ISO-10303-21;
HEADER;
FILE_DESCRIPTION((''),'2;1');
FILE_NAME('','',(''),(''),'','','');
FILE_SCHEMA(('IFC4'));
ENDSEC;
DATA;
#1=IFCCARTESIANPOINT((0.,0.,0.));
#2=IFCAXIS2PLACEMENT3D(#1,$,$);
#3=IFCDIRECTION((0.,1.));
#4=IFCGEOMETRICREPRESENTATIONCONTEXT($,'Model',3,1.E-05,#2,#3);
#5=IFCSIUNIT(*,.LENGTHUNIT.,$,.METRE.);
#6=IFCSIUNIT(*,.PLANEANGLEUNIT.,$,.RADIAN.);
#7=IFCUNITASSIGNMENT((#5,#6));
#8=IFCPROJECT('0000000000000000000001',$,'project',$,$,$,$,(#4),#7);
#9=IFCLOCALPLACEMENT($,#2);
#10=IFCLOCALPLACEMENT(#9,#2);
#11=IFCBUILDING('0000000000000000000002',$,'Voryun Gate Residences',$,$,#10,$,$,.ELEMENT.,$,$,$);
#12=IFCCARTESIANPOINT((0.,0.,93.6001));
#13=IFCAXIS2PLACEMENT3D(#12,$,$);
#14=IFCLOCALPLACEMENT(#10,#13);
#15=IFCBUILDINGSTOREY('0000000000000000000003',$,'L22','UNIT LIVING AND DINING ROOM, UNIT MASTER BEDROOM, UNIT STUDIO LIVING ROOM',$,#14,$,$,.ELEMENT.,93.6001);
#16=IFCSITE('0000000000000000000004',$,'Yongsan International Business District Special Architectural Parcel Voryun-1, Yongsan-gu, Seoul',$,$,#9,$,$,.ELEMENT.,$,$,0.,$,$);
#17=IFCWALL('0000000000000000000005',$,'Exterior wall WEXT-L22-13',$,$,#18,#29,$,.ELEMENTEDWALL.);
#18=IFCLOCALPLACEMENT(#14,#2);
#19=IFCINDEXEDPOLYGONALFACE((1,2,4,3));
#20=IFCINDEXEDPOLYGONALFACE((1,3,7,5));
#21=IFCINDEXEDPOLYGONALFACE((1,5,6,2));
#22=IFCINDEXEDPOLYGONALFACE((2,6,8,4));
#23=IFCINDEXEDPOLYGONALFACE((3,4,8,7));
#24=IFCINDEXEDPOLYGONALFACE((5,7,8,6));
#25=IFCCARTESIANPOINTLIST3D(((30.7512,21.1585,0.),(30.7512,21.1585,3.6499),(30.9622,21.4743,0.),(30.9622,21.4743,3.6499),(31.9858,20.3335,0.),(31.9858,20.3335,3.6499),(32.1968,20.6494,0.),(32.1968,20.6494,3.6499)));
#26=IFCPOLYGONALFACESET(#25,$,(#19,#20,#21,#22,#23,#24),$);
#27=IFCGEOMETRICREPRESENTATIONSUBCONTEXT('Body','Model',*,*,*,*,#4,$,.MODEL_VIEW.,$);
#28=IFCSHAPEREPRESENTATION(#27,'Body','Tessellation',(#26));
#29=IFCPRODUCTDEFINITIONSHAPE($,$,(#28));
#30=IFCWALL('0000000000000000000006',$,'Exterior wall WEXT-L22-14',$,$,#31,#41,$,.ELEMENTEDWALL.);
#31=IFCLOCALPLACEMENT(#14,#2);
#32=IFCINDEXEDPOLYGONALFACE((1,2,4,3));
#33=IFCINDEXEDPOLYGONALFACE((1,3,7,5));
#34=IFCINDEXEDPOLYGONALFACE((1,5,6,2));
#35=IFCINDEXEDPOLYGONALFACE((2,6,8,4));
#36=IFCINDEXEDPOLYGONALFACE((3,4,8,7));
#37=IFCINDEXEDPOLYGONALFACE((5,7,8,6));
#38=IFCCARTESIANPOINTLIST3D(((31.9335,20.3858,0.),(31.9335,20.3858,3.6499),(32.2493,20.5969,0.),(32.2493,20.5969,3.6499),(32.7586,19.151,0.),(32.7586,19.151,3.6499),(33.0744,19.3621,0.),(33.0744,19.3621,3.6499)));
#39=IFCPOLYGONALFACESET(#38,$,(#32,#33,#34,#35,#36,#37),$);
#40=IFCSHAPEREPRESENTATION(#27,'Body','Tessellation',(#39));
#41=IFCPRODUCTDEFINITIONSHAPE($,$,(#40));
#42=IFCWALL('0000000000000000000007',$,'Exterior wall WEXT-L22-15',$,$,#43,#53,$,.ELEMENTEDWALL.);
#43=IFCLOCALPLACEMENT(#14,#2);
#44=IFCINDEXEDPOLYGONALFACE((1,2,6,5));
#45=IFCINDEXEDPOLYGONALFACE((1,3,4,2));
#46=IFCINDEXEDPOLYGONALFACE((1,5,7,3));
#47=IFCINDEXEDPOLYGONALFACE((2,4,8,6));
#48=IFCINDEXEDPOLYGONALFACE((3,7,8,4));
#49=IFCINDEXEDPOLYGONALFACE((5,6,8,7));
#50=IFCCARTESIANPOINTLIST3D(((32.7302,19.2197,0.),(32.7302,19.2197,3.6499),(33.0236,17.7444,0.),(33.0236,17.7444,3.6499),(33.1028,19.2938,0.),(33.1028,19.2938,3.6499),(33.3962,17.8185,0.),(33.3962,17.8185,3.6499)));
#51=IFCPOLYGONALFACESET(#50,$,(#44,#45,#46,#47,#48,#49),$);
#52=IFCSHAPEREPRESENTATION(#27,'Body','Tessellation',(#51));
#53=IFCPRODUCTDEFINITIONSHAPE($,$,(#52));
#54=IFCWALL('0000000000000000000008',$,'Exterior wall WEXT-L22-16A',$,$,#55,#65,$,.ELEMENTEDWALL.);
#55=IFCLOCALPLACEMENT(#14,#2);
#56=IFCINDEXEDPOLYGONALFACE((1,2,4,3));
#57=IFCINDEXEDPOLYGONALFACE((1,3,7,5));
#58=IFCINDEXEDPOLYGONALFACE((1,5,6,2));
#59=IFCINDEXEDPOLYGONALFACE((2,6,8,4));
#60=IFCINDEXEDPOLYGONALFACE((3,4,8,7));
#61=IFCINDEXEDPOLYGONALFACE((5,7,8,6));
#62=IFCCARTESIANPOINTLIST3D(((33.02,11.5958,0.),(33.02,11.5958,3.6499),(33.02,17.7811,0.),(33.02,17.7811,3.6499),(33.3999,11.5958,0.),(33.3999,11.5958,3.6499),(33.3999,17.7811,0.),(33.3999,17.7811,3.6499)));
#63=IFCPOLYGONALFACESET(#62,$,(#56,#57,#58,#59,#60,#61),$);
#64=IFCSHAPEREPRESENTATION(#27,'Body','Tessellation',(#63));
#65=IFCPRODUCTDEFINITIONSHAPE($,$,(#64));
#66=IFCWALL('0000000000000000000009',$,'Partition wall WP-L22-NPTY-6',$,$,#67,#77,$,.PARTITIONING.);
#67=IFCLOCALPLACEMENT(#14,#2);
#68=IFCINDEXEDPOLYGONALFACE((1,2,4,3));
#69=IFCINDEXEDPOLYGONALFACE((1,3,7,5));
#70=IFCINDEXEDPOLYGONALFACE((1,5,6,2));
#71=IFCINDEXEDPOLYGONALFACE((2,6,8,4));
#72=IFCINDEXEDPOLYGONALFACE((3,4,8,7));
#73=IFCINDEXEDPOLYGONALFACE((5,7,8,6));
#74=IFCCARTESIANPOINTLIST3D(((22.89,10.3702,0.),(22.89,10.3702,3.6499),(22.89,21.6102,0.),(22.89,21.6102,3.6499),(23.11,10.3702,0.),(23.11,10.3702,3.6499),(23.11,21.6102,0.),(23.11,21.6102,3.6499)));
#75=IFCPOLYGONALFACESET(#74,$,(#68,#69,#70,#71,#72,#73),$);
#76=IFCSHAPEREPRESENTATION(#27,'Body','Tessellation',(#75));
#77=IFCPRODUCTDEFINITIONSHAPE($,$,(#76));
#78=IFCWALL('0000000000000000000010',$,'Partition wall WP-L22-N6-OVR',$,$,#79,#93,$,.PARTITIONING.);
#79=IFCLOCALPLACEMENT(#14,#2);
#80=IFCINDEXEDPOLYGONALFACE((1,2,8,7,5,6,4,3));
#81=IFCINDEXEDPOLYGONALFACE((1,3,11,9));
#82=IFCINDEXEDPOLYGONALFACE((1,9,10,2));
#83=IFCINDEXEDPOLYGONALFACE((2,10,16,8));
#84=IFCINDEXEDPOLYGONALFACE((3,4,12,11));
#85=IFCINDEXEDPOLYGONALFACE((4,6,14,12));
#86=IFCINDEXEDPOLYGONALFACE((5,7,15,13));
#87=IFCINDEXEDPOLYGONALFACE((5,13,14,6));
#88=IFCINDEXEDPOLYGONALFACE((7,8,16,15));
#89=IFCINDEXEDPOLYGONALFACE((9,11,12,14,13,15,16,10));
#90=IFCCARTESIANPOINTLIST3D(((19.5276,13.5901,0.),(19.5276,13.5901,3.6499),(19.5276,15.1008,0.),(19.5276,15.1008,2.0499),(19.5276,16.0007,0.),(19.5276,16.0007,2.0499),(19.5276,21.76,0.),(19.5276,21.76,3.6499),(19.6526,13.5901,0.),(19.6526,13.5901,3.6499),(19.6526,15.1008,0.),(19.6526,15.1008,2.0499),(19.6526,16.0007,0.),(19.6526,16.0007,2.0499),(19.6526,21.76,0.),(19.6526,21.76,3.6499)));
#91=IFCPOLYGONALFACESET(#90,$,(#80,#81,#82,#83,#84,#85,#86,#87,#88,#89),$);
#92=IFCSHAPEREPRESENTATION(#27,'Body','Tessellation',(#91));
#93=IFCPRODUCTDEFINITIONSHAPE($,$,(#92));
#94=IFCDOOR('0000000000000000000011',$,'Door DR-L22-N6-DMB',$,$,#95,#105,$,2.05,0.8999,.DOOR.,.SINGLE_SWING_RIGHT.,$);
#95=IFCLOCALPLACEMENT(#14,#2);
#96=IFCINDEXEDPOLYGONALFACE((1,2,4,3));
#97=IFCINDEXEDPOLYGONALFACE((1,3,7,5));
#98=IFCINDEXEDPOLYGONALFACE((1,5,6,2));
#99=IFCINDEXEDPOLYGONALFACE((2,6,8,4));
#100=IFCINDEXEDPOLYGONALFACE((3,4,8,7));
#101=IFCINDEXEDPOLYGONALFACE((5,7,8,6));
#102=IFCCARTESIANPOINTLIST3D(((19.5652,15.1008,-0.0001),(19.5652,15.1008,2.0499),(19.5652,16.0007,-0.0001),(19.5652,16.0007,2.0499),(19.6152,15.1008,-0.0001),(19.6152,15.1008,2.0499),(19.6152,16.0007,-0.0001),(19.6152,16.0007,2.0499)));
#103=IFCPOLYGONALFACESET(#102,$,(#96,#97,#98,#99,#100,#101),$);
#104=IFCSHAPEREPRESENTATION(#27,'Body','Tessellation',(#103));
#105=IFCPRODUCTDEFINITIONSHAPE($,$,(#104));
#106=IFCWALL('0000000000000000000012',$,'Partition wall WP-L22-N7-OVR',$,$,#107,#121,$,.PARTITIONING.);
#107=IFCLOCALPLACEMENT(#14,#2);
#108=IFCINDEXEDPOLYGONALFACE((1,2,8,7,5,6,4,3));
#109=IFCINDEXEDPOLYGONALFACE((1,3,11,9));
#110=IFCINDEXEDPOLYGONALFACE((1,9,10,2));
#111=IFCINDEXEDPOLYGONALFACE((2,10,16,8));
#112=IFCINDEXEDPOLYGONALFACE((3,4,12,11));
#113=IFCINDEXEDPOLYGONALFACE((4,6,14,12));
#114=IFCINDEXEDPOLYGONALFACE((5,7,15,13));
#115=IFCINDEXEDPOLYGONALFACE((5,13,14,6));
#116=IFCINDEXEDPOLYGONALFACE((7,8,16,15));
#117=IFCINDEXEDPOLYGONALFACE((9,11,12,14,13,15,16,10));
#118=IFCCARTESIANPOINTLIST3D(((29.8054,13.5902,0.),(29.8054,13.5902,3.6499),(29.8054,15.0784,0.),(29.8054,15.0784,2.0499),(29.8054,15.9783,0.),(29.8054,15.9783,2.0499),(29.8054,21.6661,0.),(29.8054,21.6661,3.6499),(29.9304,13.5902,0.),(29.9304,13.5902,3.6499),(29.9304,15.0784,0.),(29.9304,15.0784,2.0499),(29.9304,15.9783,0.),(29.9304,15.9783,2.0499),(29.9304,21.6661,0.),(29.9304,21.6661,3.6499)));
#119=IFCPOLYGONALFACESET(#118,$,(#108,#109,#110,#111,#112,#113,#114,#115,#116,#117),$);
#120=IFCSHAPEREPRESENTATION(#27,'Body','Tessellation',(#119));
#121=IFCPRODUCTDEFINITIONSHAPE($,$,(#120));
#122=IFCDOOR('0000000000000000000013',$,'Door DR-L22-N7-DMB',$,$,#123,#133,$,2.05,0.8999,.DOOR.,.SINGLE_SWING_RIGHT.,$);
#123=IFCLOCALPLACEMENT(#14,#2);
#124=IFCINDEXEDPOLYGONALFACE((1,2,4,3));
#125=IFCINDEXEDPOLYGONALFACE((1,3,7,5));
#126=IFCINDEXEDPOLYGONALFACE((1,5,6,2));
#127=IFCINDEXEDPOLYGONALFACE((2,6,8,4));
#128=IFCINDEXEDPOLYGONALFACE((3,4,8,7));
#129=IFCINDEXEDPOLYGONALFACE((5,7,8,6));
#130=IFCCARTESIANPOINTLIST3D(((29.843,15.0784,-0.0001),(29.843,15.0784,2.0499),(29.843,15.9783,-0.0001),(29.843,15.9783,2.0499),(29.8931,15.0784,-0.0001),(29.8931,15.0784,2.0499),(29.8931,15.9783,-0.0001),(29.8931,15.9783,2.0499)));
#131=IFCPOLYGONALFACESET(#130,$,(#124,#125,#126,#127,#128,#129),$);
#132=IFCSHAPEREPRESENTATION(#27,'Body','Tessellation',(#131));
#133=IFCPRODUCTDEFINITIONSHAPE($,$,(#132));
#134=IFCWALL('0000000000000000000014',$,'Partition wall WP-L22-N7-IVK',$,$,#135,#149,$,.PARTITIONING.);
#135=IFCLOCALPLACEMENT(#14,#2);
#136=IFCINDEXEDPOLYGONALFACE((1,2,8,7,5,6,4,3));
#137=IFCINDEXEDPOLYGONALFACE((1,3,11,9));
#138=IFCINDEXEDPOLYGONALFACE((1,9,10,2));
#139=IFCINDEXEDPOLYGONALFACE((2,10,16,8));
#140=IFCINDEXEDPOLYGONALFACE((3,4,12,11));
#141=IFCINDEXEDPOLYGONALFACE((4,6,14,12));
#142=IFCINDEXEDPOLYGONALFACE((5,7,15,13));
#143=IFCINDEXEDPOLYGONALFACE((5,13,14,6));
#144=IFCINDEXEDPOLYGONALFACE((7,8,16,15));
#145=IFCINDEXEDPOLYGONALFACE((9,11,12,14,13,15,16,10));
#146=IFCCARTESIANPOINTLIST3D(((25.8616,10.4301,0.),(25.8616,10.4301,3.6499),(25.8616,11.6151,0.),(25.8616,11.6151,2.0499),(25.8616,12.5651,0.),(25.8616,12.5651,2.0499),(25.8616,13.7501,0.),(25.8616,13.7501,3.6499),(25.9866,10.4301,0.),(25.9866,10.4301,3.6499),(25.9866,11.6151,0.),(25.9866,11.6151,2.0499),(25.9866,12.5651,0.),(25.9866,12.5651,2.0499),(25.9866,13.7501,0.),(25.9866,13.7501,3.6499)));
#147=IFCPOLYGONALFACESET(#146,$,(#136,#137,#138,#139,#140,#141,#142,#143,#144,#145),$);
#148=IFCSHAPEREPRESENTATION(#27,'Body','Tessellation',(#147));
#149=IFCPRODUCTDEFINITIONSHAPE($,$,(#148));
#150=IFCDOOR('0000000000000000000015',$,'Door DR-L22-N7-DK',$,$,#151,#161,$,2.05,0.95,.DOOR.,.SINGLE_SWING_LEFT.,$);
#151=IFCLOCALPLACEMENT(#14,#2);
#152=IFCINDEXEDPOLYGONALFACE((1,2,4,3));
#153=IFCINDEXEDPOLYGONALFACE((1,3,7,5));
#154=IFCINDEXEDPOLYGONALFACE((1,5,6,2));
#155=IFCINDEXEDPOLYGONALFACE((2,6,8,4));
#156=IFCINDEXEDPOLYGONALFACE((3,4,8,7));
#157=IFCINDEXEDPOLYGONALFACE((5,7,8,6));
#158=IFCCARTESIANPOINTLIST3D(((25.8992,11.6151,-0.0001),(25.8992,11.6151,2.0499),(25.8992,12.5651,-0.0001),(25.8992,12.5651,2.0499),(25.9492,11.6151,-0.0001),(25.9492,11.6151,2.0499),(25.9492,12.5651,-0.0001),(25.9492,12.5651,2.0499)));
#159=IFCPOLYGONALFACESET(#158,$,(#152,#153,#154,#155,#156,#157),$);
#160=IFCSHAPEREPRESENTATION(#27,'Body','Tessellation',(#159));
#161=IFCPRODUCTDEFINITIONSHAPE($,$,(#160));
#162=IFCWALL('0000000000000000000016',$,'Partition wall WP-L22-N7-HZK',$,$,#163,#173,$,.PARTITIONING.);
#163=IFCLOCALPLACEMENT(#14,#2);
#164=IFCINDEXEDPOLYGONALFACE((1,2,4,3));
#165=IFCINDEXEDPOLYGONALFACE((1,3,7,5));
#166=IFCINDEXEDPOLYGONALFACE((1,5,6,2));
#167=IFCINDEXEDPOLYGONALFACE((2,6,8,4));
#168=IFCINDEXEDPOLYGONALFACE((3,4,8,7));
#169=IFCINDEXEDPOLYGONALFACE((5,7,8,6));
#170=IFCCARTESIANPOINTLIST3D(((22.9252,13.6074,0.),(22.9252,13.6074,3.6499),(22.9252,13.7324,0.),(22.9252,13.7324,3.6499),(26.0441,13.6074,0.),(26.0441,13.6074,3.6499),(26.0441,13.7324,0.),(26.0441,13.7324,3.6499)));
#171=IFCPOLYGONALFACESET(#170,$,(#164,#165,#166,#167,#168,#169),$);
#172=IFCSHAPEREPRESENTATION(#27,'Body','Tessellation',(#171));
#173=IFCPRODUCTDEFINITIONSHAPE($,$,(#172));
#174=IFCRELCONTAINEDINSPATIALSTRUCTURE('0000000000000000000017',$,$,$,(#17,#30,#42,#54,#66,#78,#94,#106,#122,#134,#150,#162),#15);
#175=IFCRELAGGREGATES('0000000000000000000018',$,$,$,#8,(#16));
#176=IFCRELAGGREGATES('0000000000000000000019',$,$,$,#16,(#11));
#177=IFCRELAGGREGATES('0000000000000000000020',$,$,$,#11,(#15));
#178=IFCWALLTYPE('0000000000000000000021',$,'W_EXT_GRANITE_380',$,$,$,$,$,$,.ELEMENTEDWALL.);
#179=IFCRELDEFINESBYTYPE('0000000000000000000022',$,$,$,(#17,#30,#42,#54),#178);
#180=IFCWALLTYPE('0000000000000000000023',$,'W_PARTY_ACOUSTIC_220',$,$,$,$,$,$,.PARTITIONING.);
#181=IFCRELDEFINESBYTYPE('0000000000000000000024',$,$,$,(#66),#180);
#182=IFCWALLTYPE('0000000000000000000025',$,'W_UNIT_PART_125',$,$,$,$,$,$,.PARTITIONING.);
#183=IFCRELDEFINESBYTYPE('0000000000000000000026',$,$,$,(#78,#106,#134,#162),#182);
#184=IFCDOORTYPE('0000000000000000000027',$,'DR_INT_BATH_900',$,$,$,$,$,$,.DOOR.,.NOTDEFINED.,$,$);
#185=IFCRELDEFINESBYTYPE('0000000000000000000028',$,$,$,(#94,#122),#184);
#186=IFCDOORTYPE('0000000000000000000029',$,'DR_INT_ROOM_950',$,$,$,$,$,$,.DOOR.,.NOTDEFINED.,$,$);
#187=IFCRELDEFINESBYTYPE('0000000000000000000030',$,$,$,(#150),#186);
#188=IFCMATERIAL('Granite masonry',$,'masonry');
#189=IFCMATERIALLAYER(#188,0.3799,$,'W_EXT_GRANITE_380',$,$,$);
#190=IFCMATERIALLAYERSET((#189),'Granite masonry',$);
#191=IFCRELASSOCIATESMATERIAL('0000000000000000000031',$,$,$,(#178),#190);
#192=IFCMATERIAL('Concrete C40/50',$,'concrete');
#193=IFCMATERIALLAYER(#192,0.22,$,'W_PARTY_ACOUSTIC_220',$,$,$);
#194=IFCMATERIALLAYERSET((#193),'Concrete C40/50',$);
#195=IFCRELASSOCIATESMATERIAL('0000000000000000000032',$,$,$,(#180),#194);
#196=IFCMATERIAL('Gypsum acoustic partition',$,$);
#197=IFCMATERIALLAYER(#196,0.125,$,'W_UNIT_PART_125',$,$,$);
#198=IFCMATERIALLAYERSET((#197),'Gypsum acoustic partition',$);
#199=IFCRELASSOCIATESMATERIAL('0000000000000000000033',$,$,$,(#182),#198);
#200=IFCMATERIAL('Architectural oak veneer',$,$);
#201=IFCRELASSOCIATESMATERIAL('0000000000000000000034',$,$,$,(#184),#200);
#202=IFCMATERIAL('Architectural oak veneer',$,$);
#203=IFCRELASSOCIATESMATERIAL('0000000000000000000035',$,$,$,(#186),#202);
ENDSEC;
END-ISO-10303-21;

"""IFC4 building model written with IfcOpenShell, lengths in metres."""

from ifc_helpers import new_model, si_unit, direction, frame, frame_2d, origin, place, context, subcontext, project, spatial, rectangle, extrude, material, layer, layer_set, type_object, element, fill, save


model = new_model("IFC4")

# Units and contexts
model_context = context("Model", 3, precision=1e-05, world=origin(), true_north=direction((0.0, 1.0)))
body_context = subcontext(model_context, "Body", "Model", "MODEL_VIEW")
ifc_project = project(units=[si_unit("LENGTHUNIT", "METRE"), si_unit("PLANEANGLEUNIT", "RADIAN")], contexts=[model_context])

# Site, building, storey
site_placement = place(None, origin())
site = spatial("IfcSite", under=ifc_project, at=site_placement, Name="Yongsan International Business District Special Architectural Parcel Voryun-1, Yongsan-gu, Seoul", CompositionType="ELEMENT", RefElevation=0.0)
building_placement = place(site_placement, origin())
building = spatial("IfcBuilding", under=site, at=building_placement, Name="Voryun Gate Residences", CompositionType="ELEMENT")
storey_placement = place(building_placement, frame((0.0, 0.0, 93.6001)))
storey = spatial("IfcBuildingStorey", under=building, at=storey_placement, Name="L22", Description="UNIT LIVING AND DINING ROOM, UNIT MASTER BEDROOM, UNIT STUDIO LIVING ROOM", CompositionType="ELEMENT", Elevation=93.6001)

# Shared definitions
ifc_material_1 = material(Name="Granite masonry", Category="masonry")
ifc_layer_1 = layer(ifc_material_1, 0.3799, Name="W_EXT_GRANITE_380")
ifc_layer_set_1 = layer_set([ifc_layer_1], Name="Granite masonry")
wall_type_1 = type_object("IfcWallType", Name="W_EXT_GRANITE_380", PredefinedType="ELEMENTEDWALL", material=ifc_layer_set_1)

# Walls
wall_1_placement = place(storey_placement, frame((30.8567, 21.3164, 0.0), z_axis=(0.0, 0.0, 1.0), x_axis=(0.831468, -0.555573, 0.0)))
element("IfcWall", 1, at=wall_1_placement, inside=storey, type_object=wall_type_1, Name="Exterior wall WEXT-L22-13", PredefinedType="ELEMENTEDWALL", context=body_context, shape_type="SweptSolid", body=[
    extrude(rectangle(XDim=1.4849, YDim=0.3799, at=frame_2d((0.7424, 0.0))), origin(), (0.0, 0.0, 1.0), 3.6499),
])
wall_2_placement = place(storey_placement, frame((32.0913, 20.4915, 0.0), z_axis=(0.0, 0.0, 1.0), x_axis=(0.55561, -0.831443, 0.0)))
element("IfcWall", 2, at=wall_2_placement, inside=storey, type_object=wall_type_1, Name="Exterior wall WEXT-L22-14", PredefinedType="ELEMENTEDWALL", context=body_context, shape_type="SweptSolid", body=[
    extrude(rectangle(XDim=1.4851, YDim=0.3799, at=frame_2d((0.7427, 0.0))), origin(), (0.0, 0.0, 1.0), 3.6499),
])
wall_3_placement = place(storey_placement, frame((32.9165, 19.2566, 0.0), z_axis=(0.0, 0.0, 1.0), x_axis=(0.195086, -0.980786, 0.0)))
element("IfcWall", 3, at=wall_3_placement, inside=storey, type_object=wall_type_1, Name="Exterior wall WEXT-L22-15", PredefinedType="ELEMENTEDWALL", context=body_context, shape_type="SweptSolid", body=[
    extrude(rectangle(XDim=1.5042, YDim=0.3799, at=frame_2d((0.752, 0.0))), origin(), (0.0, 0.0, 1.0), 3.6499),
])
wall_4_placement = place(storey_placement, frame((33.21, 17.7812, 0.0), z_axis=(0.0, 0.0, 1.0), x_axis=(0.0, -1.0, 0.0)))
element("IfcWall", 4, at=wall_4_placement, inside=storey, type_object=wall_type_1, Name="Exterior wall WEXT-L22-16A", PredefinedType="ELEMENTEDWALL", context=body_context, shape_type="SweptSolid", body=[
    extrude(rectangle(XDim=6.1853, YDim=0.3799, at=frame_2d((3.0928, 0.0))), origin(), (0.0, 0.0, 1.0), 3.6499),
])
ifc_material_2 = material(Name="Concrete C40/50", Category="concrete")
ifc_layer_2 = layer(ifc_material_2, 0.22, Name="W_PARTY_ACOUSTIC_220")
ifc_layer_set_2 = layer_set([ifc_layer_2], Name="Concrete C40/50")
wall_type_2 = type_object("IfcWallType", Name="W_PARTY_ACOUSTIC_220", PredefinedType="PARTITIONING", material=ifc_layer_set_2)
wall_5_placement = place(storey_placement, frame((23.0, 10.3701, 0.0), z_axis=(0.0, 0.0, 1.0), x_axis=(0.0, 1.0, 0.0)))
element("IfcWall", 5, at=wall_5_placement, inside=storey, type_object=wall_type_2, Name="Partition wall WP-L22-NPTY-6", PredefinedType="PARTITIONING", context=body_context, shape_type="SweptSolid", body=[
    extrude(rectangle(XDim=11.24, YDim=0.22, at=frame_2d((5.6201, 0.0))), origin(), (0.0, 0.0, 1.0), 3.6499),
])

# Walls, openings, doors
ifc_material_3 = material(Name="Gypsum acoustic partition")
ifc_layer_3 = layer(ifc_material_3, 0.125, Name="W_UNIT_PART_125")
ifc_layer_set_3 = layer_set([ifc_layer_3], Name="Gypsum acoustic partition")
wall_type_3 = type_object("IfcWallType", Name="W_UNIT_PART_125", PredefinedType="PARTITIONING", material=ifc_layer_set_3)
wall_6_placement = place(storey_placement, frame((19.5901, 13.5901, 0.0), z_axis=(0.0, 0.0, 1.0), x_axis=(0.0, 1.0, 0.0)))
wall_6 = element("IfcWall", 6, at=wall_6_placement, inside=storey, type_object=wall_type_3, Name="Partition wall WP-L22-N6-OVR", PredefinedType="PARTITIONING", context=body_context, shape_type="SweptSolid", body=[
    extrude(rectangle(XDim=8.1699, YDim=0.125, at=frame_2d((4.085, 0.0))), origin(), (0.0, 0.0, 1.0), 3.6499),
])
opening_1_placement = place(wall_6_placement, frame((1.5107, 0.0, 0.0)))
opening_1 = element("IfcOpeningElement", 7, at=opening_1_placement, cuts=wall_6, PredefinedType="OPENING", context=body_context, shape_type="SweptSolid", body=[
    extrude(rectangle(XDim=0.8999, YDim=2.05, at=frame_2d((0.45, 1.0249))), frame((0.0, 0.0725, 0.0), z_axis=(0.0, -1.0, 0.0), x_axis=(1.0, 0.0, 0.0)), (0.0, 0.0, 1.0), 0.145),
])
ifc_material_4 = material(Name="Architectural oak veneer")
door_type_1 = type_object("IfcDoorType", Name="DR_INT_BATH_900", OperationType="NOTDEFINED", PredefinedType="DOOR", material=ifc_material_4)
door_1_placement = place(opening_1_placement, origin())
door_1 = element("IfcDoor", 8, at=door_1_placement, inside=storey, type_object=door_type_1, Name="Door DR-L22-N6-DMB", OperationType="SINGLE_SWING_RIGHT", OverallHeight=2.05, OverallWidth=0.8999, PredefinedType="DOOR", context=body_context, shape_type="SweptSolid", body=[
    extrude(rectangle(XDim=0.8999, YDim=2.05, at=frame_2d((0.45, 1.0249))), frame((0.0, 0.0249, 0.0), z_axis=(0.0, -1.0, 0.0), x_axis=(1.0, 0.0, 0.0)), (0.0, 0.0, 1.0), 0.05),
])
fill(opening_1, door_1)
wall_7_placement = place(storey_placement, frame((29.8679, 13.5901, 0.0), z_axis=(0.0, 0.0, 1.0), x_axis=(0.0, 1.0, 0.0)))
wall_7 = element("IfcWall", 9, at=wall_7_placement, inside=storey, type_object=wall_type_3, Name="Partition wall WP-L22-N7-OVR", PredefinedType="PARTITIONING", context=body_context, shape_type="SweptSolid", body=[
    extrude(rectangle(XDim=8.0759, YDim=0.125, at=frame_2d((4.0381, 0.0))), origin(), (0.0, 0.0, 1.0), 3.6499),
])
opening_2_placement = place(wall_7_placement, frame((1.4883, 0.0, 0.0)))
opening_2 = element("IfcOpeningElement", 10, at=opening_2_placement, cuts=wall_7, PredefinedType="OPENING", context=body_context, shape_type="SweptSolid", body=[
    extrude(rectangle(XDim=0.8999, YDim=2.05, at=frame_2d((0.45, 1.0249))), frame((0.0, 0.0725, 0.0), z_axis=(0.0, -1.0, 0.0), x_axis=(1.0, 0.0, 0.0)), (0.0, 0.0, 1.0), 0.145),
])
door_2_placement = place(opening_2_placement, origin())
door_2 = element("IfcDoor", 11, at=door_2_placement, inside=storey, type_object=door_type_1, Name="Door DR-L22-N7-DMB", OperationType="SINGLE_SWING_RIGHT", OverallHeight=2.05, OverallWidth=0.8999, PredefinedType="DOOR", context=body_context, shape_type="SweptSolid", body=[
    extrude(rectangle(XDim=0.8999, YDim=2.05, at=frame_2d((0.45, 1.0249))), frame((0.0, 0.0249, 0.0), z_axis=(0.0, -1.0, 0.0), x_axis=(1.0, 0.0, 0.0)), (0.0, 0.0, 1.0), 0.05),
])
fill(opening_2, door_2)
wall_8_placement = place(storey_placement, frame((25.9241, 10.4299, 0.0), z_axis=(0.0, 0.0, 1.0), x_axis=(0.0, 1.0, 0.0)))
wall_8 = element("IfcWall", 12, at=wall_8_placement, inside=storey, type_object=wall_type_3, Name="Partition wall WP-L22-N7-IVK", PredefinedType="PARTITIONING", context=body_context, shape_type="SweptSolid", body=[
    extrude(rectangle(XDim=3.3201, YDim=0.125, at=frame_2d((1.6602, 0.0))), origin(), (0.0, 0.0, 1.0), 3.6499),
])
opening_3_placement = place(wall_8_placement, frame((1.1851, 0.0, 0.0)))
opening_3 = element("IfcOpeningElement", 13, at=opening_3_placement, cuts=wall_8, PredefinedType="OPENING", context=body_context, shape_type="SweptSolid", body=[
    extrude(rectangle(XDim=0.95, YDim=2.05, at=frame_2d((0.4751, 1.0249))), frame((0.0, 0.0725, 0.0), z_axis=(0.0, -1.0, 0.0), x_axis=(1.0, 0.0, 0.0)), (0.0, 0.0, 1.0), 0.145),
])
ifc_material_5 = material(Name="Architectural oak veneer")
door_type_2 = type_object("IfcDoorType", Name="DR_INT_ROOM_950", OperationType="NOTDEFINED", PredefinedType="DOOR", material=ifc_material_5)
door_3_placement = place(opening_3_placement, origin())
door_3 = element("IfcDoor", 14, at=door_3_placement, inside=storey, type_object=door_type_2, Name="Door DR-L22-N7-DK", OperationType="SINGLE_SWING_LEFT", OverallHeight=2.05, OverallWidth=0.95, PredefinedType="DOOR", context=body_context, shape_type="SweptSolid", body=[
    extrude(rectangle(XDim=0.95, YDim=2.05, at=frame_2d((0.4751, 1.0249))), frame((0.0, 0.0249, 0.0), z_axis=(0.0, -1.0, 0.0), x_axis=(1.0, 0.0, 0.0)), (0.0, 0.0, 1.0), 0.05),
])
fill(opening_3, door_3)

# Wall
wall_9_placement = place(storey_placement, frame((22.925, 13.6699, 0.0), z_axis=(0.0, 0.0, 1.0), x_axis=(1.0, 0.0, 0.0)))
element("IfcWall", 15, at=wall_9_placement, inside=storey, type_object=wall_type_3, Name="Partition wall WP-L22-N7-HZK", PredefinedType="PARTITIONING", context=body_context, shape_type="SweptSolid", body=[
    extrude(rectangle(XDim=3.1189, YDim=0.125, at=frame_2d((1.5596, 0.0))), origin(), (0.0, 0.0, 1.0), 3.6499),
])

save(model, "model.ifc")
